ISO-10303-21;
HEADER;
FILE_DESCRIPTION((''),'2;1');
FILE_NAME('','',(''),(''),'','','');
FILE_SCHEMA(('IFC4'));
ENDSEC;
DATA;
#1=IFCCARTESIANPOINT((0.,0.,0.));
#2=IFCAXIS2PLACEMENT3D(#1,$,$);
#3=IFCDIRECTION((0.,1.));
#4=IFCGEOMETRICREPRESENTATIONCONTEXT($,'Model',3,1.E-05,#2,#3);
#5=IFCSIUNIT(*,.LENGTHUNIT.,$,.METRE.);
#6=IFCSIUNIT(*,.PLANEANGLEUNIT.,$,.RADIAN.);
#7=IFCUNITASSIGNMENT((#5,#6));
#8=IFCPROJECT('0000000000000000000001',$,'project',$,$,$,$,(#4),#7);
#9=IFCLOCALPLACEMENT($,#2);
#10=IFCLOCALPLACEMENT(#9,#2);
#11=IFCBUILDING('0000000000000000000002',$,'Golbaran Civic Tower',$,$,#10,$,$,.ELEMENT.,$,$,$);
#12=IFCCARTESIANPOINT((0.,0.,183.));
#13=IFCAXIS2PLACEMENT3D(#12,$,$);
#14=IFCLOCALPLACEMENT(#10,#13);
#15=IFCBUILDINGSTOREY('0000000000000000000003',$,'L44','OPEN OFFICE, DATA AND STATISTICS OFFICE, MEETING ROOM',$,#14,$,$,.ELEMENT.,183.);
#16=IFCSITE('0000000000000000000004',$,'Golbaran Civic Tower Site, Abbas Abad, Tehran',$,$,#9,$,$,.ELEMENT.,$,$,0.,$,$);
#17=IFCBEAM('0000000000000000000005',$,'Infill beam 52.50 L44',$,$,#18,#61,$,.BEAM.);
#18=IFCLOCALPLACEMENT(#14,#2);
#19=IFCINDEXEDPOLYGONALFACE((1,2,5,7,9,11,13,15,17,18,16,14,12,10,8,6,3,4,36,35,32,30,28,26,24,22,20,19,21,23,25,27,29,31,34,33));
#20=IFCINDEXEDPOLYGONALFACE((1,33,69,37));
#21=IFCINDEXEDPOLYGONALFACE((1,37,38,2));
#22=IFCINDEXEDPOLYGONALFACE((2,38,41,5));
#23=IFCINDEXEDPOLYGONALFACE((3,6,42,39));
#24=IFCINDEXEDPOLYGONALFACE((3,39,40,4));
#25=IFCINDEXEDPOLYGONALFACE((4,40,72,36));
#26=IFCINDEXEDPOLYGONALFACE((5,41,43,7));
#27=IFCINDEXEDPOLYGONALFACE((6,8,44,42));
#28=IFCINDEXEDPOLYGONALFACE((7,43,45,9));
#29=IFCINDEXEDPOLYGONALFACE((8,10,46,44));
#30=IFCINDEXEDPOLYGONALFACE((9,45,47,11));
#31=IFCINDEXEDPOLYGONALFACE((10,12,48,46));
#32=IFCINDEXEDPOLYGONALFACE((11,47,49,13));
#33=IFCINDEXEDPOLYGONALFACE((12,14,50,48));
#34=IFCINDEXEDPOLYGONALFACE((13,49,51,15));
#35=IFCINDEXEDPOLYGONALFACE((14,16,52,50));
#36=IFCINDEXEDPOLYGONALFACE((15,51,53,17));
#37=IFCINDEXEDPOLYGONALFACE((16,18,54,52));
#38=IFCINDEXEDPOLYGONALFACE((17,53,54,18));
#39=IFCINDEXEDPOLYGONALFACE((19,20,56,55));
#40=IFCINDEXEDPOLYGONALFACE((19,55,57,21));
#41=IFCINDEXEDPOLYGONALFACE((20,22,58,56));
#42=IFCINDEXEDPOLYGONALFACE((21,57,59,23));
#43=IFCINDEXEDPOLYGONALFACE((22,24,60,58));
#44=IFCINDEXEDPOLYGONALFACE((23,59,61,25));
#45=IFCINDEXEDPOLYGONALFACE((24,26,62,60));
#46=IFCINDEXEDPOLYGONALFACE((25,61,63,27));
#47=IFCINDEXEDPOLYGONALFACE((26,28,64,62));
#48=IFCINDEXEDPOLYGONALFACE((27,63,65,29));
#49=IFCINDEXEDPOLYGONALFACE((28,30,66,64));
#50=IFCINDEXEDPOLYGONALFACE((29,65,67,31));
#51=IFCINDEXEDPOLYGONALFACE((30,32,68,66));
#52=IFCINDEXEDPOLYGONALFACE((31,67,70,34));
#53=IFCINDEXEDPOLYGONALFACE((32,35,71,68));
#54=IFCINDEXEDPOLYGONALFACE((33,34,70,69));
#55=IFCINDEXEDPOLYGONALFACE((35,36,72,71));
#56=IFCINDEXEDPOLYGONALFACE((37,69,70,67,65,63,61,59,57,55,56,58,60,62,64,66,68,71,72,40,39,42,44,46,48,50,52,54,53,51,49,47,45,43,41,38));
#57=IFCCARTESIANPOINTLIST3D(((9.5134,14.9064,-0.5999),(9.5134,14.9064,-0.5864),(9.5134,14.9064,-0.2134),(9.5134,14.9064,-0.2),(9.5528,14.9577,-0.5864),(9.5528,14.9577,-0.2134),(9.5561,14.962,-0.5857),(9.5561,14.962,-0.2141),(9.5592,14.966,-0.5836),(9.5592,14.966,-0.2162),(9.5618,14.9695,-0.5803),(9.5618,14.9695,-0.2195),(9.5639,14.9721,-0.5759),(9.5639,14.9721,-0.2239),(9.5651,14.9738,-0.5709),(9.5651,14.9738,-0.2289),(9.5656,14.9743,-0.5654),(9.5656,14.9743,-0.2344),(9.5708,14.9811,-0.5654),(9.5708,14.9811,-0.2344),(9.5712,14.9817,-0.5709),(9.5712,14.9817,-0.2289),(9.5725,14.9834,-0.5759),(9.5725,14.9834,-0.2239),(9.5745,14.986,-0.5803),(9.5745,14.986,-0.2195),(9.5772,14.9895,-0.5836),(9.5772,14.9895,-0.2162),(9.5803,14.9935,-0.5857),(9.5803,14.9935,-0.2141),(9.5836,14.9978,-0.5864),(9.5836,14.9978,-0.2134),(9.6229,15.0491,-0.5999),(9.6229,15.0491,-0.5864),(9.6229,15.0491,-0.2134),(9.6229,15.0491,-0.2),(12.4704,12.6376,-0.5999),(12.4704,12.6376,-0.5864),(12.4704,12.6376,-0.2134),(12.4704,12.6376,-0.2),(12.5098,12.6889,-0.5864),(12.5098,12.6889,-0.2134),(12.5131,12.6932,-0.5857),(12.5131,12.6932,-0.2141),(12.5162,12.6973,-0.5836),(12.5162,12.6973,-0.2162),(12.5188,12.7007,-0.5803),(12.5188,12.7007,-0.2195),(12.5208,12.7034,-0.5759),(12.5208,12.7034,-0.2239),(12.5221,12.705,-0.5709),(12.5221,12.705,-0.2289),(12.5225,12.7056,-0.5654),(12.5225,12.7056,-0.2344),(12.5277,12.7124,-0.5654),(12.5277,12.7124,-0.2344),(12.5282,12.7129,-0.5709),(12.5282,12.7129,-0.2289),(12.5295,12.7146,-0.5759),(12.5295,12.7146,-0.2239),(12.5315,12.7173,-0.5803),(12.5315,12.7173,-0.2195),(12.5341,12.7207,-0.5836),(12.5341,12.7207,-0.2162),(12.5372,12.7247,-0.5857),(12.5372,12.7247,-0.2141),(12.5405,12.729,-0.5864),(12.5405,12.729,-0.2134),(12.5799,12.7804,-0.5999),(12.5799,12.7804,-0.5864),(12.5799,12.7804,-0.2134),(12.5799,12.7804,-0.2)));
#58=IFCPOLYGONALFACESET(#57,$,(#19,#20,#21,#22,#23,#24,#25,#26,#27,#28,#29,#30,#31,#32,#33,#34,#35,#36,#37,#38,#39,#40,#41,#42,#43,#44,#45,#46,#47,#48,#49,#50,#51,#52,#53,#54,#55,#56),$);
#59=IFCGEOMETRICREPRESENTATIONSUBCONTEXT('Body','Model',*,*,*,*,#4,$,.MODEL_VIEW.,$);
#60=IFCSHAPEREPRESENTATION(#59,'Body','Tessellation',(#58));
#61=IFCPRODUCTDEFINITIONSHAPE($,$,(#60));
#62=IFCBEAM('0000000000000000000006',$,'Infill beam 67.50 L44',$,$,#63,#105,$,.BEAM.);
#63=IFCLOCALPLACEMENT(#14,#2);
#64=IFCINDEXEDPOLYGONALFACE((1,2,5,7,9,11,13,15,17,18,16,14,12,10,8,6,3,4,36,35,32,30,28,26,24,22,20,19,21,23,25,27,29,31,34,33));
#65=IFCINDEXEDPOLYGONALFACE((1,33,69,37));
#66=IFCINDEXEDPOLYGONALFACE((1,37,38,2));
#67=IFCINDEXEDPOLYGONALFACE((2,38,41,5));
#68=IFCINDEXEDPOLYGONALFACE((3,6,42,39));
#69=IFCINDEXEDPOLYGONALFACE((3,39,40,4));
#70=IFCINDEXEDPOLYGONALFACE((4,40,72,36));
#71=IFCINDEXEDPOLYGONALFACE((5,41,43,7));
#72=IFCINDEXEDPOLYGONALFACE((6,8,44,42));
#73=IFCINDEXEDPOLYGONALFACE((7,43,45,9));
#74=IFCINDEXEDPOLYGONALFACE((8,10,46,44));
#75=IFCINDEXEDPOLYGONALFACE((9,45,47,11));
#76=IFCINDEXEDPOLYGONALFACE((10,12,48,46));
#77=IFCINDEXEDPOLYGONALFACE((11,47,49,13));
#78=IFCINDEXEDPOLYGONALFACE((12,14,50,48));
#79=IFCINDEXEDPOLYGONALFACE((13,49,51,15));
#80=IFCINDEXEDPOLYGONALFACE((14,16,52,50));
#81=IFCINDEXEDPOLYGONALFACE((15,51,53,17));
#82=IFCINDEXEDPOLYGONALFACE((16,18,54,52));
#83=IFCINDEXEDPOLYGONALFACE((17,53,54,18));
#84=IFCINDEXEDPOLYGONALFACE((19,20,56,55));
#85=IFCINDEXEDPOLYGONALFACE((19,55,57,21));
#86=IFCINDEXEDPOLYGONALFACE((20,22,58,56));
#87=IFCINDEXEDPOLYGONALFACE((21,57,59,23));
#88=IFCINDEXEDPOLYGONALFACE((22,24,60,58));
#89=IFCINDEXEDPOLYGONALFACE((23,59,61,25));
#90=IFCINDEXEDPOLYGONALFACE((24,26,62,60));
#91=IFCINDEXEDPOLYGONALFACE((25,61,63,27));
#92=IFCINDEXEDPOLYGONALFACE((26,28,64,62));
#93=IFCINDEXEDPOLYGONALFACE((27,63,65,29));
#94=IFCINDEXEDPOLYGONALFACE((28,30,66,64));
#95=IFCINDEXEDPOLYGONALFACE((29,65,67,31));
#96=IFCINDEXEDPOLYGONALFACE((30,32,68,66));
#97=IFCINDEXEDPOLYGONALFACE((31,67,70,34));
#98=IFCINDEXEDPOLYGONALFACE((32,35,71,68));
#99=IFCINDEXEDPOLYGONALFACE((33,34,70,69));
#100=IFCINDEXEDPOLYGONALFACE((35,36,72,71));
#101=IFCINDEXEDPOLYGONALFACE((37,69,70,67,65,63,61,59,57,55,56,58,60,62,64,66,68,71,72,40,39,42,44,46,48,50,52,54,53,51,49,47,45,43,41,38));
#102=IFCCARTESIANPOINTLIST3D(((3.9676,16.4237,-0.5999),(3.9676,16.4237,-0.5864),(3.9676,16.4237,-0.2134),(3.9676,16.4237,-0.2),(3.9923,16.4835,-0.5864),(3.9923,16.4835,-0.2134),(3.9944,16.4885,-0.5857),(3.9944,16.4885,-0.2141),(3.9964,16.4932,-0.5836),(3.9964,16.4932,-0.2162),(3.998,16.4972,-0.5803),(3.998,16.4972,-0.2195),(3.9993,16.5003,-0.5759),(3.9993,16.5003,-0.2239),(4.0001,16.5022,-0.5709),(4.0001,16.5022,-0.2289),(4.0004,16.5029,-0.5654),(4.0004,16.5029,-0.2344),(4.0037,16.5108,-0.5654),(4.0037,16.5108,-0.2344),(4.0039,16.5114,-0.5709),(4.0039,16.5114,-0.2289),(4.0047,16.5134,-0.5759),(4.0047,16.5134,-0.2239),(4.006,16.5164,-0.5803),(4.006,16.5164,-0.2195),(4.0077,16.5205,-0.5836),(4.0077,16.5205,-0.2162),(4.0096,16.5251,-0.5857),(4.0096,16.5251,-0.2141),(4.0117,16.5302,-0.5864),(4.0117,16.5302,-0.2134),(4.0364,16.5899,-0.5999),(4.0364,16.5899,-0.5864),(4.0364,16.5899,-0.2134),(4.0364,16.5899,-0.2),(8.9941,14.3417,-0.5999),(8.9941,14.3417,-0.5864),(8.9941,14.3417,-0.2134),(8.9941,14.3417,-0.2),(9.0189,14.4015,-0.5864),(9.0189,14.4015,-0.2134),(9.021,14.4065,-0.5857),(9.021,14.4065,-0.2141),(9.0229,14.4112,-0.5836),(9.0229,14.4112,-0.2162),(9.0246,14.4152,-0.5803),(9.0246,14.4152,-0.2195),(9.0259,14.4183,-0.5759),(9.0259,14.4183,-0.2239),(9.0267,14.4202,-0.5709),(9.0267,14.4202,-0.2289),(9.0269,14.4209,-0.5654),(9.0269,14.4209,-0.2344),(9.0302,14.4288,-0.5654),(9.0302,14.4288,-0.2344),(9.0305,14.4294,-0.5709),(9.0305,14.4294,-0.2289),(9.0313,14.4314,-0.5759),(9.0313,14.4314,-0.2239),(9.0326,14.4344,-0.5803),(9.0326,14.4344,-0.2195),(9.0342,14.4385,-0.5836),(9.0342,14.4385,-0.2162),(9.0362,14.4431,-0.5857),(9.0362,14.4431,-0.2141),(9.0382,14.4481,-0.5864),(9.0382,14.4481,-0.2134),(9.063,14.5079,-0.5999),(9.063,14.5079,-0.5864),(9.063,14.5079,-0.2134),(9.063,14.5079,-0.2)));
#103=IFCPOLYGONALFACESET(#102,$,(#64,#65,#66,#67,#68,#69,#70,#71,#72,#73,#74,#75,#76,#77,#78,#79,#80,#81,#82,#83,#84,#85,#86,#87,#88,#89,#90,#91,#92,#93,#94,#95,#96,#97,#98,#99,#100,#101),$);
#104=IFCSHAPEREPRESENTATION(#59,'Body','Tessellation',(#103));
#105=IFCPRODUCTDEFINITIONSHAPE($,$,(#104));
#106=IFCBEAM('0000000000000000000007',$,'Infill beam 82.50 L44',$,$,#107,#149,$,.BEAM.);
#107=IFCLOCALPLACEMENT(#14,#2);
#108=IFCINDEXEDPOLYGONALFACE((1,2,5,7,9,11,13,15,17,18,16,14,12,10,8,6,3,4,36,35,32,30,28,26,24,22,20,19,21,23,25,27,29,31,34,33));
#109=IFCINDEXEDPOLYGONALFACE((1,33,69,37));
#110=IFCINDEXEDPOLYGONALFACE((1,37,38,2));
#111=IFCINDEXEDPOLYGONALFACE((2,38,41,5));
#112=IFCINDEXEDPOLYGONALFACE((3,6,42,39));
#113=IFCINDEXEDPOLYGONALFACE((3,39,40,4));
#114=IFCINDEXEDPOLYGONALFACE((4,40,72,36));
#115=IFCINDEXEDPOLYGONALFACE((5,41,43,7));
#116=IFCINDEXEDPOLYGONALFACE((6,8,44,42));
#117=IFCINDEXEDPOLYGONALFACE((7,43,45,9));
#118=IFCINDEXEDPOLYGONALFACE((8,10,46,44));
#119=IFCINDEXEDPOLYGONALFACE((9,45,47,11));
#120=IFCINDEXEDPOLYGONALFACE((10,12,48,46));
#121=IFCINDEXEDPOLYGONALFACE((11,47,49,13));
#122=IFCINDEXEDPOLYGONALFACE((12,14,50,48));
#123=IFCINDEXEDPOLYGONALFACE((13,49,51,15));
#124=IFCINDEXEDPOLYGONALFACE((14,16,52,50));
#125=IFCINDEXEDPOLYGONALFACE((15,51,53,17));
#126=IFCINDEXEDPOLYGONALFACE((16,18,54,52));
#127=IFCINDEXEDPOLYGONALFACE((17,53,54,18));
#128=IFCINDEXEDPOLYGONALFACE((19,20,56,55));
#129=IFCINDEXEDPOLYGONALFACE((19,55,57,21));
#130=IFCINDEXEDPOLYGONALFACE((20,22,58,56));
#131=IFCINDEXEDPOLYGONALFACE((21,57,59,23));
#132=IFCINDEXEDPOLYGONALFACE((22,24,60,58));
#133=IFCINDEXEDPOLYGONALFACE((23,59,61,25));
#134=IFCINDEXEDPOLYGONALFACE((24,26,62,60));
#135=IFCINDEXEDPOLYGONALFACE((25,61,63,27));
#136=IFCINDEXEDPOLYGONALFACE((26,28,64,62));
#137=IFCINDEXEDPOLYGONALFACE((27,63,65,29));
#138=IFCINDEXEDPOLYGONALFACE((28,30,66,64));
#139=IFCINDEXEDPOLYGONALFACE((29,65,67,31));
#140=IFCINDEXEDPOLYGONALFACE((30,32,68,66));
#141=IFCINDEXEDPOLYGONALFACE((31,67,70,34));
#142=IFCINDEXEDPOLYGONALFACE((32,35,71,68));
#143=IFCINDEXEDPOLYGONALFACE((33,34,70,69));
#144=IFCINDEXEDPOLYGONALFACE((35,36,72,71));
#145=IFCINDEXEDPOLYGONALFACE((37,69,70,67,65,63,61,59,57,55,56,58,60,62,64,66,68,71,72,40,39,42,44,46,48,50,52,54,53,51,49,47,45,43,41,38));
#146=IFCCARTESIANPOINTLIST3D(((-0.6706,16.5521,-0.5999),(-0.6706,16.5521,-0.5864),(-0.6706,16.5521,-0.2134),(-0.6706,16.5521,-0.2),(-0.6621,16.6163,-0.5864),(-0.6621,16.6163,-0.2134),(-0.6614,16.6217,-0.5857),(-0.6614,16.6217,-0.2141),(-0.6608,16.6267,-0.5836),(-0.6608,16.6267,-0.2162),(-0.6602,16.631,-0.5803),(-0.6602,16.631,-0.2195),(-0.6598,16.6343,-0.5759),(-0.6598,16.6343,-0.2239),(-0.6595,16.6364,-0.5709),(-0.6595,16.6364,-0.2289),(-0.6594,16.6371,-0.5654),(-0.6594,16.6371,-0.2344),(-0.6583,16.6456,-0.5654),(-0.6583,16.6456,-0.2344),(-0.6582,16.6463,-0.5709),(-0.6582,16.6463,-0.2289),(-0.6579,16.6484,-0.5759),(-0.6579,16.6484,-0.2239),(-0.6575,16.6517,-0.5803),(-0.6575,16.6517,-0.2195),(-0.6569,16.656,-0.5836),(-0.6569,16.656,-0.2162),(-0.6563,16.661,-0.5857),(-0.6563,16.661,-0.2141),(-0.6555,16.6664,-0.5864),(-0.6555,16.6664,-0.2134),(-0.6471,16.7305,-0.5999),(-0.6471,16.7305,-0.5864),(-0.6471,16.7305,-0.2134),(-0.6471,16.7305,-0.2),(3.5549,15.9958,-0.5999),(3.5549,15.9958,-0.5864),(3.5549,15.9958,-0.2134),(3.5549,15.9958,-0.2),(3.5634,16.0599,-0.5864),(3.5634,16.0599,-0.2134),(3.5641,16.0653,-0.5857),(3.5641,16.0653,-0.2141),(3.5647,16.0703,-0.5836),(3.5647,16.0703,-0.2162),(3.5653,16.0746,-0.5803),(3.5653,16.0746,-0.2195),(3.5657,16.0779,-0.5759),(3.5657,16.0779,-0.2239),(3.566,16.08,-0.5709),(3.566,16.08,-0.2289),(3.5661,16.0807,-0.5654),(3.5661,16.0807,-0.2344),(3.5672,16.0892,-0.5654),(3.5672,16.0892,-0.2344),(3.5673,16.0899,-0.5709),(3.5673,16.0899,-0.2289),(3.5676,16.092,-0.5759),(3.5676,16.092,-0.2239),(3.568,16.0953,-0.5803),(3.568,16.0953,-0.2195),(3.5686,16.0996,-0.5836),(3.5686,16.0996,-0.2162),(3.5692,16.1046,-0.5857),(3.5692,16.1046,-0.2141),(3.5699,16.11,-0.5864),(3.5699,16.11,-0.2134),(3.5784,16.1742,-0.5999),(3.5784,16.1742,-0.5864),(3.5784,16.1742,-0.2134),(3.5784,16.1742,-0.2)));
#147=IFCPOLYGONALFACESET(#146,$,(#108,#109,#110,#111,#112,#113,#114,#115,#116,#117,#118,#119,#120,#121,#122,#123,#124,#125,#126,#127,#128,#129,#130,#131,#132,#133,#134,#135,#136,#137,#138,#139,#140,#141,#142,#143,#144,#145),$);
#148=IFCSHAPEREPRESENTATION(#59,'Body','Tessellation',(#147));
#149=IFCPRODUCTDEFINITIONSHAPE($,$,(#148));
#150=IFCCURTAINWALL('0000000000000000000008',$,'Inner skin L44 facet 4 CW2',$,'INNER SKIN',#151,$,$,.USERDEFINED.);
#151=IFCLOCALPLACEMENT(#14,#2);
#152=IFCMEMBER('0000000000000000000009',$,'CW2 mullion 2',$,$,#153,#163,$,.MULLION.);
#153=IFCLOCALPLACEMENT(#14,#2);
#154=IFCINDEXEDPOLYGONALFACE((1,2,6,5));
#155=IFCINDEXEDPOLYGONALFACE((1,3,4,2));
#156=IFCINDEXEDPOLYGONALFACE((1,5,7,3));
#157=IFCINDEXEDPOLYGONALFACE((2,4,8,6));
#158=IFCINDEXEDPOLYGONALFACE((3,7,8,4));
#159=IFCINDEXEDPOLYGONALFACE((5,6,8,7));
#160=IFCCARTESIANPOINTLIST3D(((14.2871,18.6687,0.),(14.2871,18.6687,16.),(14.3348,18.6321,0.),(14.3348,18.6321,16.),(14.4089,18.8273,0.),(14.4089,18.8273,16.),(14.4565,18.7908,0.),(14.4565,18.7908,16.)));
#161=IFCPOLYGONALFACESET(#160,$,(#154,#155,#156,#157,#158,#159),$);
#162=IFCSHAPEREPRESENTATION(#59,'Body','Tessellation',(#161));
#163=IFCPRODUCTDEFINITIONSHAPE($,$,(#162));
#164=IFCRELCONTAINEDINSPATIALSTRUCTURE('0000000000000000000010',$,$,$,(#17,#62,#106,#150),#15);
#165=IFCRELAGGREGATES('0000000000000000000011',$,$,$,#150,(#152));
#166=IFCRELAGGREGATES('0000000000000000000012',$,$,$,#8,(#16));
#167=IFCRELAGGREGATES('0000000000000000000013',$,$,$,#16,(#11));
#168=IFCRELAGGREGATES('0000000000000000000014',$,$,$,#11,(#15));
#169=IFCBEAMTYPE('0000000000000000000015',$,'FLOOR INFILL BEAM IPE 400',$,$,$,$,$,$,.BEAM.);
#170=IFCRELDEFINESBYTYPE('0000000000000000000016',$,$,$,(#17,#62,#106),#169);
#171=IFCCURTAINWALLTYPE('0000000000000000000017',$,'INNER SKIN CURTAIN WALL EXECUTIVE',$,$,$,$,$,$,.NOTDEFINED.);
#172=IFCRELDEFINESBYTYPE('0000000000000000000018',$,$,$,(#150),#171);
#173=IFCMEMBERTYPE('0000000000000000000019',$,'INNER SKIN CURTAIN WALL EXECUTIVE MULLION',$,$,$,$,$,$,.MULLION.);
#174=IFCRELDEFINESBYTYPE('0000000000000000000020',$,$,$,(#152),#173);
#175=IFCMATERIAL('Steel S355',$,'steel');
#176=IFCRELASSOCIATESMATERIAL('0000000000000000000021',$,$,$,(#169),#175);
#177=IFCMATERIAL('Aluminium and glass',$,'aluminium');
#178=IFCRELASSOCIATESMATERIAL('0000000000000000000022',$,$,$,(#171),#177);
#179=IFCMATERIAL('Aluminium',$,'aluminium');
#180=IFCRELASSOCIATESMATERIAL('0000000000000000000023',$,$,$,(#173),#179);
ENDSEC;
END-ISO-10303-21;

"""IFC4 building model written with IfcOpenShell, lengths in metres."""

from ifc_helpers import new_model, si_unit, direction, frame, origin, origin_2d, place, context, subcontext, project, spatial, rectangle, i_section, extrude, material, material_profile, profile_set, type_object, element, aggregate, save


model = new_model("IFC4")

# Units and contexts
model_context = context("Model", 3, precision=1e-05, world=origin(), true_north=direction((0.0, 1.0)))
body_context = subcontext(model_context, "Body", "Model", "MODEL_VIEW")
ifc_project = project(units=[si_unit("LENGTHUNIT", "METRE"), si_unit("PLANEANGLEUNIT", "RADIAN")], contexts=[model_context])

# Site, building, storey
site_placement = place(None, origin())
site = spatial("IfcSite", under=ifc_project, at=site_placement, Name="Golbaran Civic Tower Site, Abbas Abad, Tehran", CompositionType="ELEMENT", RefElevation=0.0)
building_placement = place(site_placement, origin())
building = spatial("IfcBuilding", under=site, at=building_placement, Name="Golbaran Civic Tower", CompositionType="ELEMENT")
storey_placement = place(building_placement, frame((0.0, 0.0, 183.0)))
storey = spatial("IfcBuildingStorey", under=building, at=storey_placement, Name="L44", Description="OPEN OFFICE, DATA AND STATISTICS OFFICE, MEETING ROOM", CompositionType="ELEMENT", Elevation=183.0)

# Beams
ifc_material_1 = material(Name="Steel S355", Category="steel")
ifc_material_profile_1 = material_profile(ifc_material_1, i_section(OverallWidth=0.1799, OverallDepth=0.3999, WebThickness=0.0085, FlangeThickness=0.0134, FilletRadius=0.021, at=origin_2d()), Name="IPE 400")
ifc_profile_set_1 = profile_set([ifc_material_profile_1], Name="Steel S355")
beam_type_1 = type_object("IfcBeamType", Name="FLOOR INFILL BEAM IPE 400", PredefinedType="BEAM", material=ifc_profile_set_1)
beam_1_placement = place(storey_placement, frame((12.5251, 12.709, -0.3999), z_axis=(-0.793381, 0.608726, 0.0), x_axis=(-0.608726, -0.793381, 0.0)))
element("IfcBeam", 1, at=beam_1_placement, inside=storey, type_object=beam_type_1, Name="Infill beam 52.50 L44", PredefinedType="BEAM", context=body_context, shape_type="SweptSolid", body=[
    extrude(i_section(OverallWidth=0.1799, OverallDepth=0.3999, WebThickness=0.0085, FlangeThickness=0.0134, FilletRadius=0.021, at=origin_2d()), origin(), (0.0, 0.0, 1.0), 3.7271),
])
beam_2_placement = place(storey_placement, frame((9.0286, 14.4248, -0.3999), z_axis=(-0.923883, 0.382674, 0.0), x_axis=(-0.382674, -0.923883, 0.0)))
element("IfcBeam", 2, at=beam_2_placement, inside=storey, type_object=beam_type_1, Name="Infill beam 67.50 L44", PredefinedType="BEAM", context=body_context, shape_type="SweptSolid", body=[
    extrude(i_section(OverallWidth=0.1799, OverallDepth=0.3999, WebThickness=0.0085, FlangeThickness=0.0134, FilletRadius=0.021, at=origin_2d()), origin(), (0.0, 0.0, 1.0), 5.4407),
])
beam_3_placement = place(storey_placement, frame((3.5667, 16.085, -0.3999), z_axis=(-0.991442, 0.130546, 0.0), x_axis=(-0.130546, -0.991442, 0.0)))
element("IfcBeam", 3, at=beam_3_placement, inside=storey, type_object=beam_type_1, Name="Infill beam 82.50 L44", PredefinedType="BEAM", context=body_context, shape_type="SweptSolid", body=[
    extrude(i_section(OverallWidth=0.1799, OverallDepth=0.3999, WebThickness=0.0085, FlangeThickness=0.0134, FilletRadius=0.021, at=origin_2d()), origin(), (0.0, 0.0, 1.0), 4.262),
])

# Curtain wall, member
ifc_material_2 = material(Name="Aluminium and glass", Category="aluminium")
curtain_wall_type = type_object("IfcCurtainWallType", Name="INNER SKIN CURTAIN WALL EXECUTIVE", PredefinedType="NOTDEFINED", material=ifc_material_2)
curtain_wall_placement = place(storey_placement, origin())
curtain_wall = element("IfcCurtainWall", 4, at=curtain_wall_placement, inside=storey, type_object=curtain_wall_type, Name="Inner skin L44 facet 4 CW2", ObjectType="INNER SKIN", PredefinedType="USERDEFINED")
ifc_material_3 = material(Name="Aluminium", Category="aluminium")
ifc_material_profile_2 = material_profile(ifc_material_3, rectangle(XDim=0.2, YDim=0.0601, at=origin_2d()), Name="INNER SKIN CURTAIN WALL EXECUTIVE MULLION")
ifc_profile_set_2 = profile_set([ifc_material_profile_2], Name="Aluminium")
member_type = type_object("IfcMemberType", Name="INNER SKIN CURTAIN WALL EXECUTIVE MULLION", PredefinedType="MULLION", material=ifc_profile_set_2)
member_placement = place(storey_placement, frame((14.3718, 18.7297, 0.0), z_axis=(0.0, 0.0, 1.0), x_axis=(-0.608761, -0.793353, 0.0)))
member = element("IfcMember", 5, at=member_placement, type_object=member_type, Name="CW2 mullion 2", PredefinedType="MULLION", context=body_context, shape_type="SweptSolid", body=[
    extrude(rectangle(XDim=0.2, YDim=0.0601, at=origin_2d()), origin(), (0.0, 0.0, 1.0), 16.0),
])

aggregate(curtain_wall, [member])

save(model, "model.ifc")
